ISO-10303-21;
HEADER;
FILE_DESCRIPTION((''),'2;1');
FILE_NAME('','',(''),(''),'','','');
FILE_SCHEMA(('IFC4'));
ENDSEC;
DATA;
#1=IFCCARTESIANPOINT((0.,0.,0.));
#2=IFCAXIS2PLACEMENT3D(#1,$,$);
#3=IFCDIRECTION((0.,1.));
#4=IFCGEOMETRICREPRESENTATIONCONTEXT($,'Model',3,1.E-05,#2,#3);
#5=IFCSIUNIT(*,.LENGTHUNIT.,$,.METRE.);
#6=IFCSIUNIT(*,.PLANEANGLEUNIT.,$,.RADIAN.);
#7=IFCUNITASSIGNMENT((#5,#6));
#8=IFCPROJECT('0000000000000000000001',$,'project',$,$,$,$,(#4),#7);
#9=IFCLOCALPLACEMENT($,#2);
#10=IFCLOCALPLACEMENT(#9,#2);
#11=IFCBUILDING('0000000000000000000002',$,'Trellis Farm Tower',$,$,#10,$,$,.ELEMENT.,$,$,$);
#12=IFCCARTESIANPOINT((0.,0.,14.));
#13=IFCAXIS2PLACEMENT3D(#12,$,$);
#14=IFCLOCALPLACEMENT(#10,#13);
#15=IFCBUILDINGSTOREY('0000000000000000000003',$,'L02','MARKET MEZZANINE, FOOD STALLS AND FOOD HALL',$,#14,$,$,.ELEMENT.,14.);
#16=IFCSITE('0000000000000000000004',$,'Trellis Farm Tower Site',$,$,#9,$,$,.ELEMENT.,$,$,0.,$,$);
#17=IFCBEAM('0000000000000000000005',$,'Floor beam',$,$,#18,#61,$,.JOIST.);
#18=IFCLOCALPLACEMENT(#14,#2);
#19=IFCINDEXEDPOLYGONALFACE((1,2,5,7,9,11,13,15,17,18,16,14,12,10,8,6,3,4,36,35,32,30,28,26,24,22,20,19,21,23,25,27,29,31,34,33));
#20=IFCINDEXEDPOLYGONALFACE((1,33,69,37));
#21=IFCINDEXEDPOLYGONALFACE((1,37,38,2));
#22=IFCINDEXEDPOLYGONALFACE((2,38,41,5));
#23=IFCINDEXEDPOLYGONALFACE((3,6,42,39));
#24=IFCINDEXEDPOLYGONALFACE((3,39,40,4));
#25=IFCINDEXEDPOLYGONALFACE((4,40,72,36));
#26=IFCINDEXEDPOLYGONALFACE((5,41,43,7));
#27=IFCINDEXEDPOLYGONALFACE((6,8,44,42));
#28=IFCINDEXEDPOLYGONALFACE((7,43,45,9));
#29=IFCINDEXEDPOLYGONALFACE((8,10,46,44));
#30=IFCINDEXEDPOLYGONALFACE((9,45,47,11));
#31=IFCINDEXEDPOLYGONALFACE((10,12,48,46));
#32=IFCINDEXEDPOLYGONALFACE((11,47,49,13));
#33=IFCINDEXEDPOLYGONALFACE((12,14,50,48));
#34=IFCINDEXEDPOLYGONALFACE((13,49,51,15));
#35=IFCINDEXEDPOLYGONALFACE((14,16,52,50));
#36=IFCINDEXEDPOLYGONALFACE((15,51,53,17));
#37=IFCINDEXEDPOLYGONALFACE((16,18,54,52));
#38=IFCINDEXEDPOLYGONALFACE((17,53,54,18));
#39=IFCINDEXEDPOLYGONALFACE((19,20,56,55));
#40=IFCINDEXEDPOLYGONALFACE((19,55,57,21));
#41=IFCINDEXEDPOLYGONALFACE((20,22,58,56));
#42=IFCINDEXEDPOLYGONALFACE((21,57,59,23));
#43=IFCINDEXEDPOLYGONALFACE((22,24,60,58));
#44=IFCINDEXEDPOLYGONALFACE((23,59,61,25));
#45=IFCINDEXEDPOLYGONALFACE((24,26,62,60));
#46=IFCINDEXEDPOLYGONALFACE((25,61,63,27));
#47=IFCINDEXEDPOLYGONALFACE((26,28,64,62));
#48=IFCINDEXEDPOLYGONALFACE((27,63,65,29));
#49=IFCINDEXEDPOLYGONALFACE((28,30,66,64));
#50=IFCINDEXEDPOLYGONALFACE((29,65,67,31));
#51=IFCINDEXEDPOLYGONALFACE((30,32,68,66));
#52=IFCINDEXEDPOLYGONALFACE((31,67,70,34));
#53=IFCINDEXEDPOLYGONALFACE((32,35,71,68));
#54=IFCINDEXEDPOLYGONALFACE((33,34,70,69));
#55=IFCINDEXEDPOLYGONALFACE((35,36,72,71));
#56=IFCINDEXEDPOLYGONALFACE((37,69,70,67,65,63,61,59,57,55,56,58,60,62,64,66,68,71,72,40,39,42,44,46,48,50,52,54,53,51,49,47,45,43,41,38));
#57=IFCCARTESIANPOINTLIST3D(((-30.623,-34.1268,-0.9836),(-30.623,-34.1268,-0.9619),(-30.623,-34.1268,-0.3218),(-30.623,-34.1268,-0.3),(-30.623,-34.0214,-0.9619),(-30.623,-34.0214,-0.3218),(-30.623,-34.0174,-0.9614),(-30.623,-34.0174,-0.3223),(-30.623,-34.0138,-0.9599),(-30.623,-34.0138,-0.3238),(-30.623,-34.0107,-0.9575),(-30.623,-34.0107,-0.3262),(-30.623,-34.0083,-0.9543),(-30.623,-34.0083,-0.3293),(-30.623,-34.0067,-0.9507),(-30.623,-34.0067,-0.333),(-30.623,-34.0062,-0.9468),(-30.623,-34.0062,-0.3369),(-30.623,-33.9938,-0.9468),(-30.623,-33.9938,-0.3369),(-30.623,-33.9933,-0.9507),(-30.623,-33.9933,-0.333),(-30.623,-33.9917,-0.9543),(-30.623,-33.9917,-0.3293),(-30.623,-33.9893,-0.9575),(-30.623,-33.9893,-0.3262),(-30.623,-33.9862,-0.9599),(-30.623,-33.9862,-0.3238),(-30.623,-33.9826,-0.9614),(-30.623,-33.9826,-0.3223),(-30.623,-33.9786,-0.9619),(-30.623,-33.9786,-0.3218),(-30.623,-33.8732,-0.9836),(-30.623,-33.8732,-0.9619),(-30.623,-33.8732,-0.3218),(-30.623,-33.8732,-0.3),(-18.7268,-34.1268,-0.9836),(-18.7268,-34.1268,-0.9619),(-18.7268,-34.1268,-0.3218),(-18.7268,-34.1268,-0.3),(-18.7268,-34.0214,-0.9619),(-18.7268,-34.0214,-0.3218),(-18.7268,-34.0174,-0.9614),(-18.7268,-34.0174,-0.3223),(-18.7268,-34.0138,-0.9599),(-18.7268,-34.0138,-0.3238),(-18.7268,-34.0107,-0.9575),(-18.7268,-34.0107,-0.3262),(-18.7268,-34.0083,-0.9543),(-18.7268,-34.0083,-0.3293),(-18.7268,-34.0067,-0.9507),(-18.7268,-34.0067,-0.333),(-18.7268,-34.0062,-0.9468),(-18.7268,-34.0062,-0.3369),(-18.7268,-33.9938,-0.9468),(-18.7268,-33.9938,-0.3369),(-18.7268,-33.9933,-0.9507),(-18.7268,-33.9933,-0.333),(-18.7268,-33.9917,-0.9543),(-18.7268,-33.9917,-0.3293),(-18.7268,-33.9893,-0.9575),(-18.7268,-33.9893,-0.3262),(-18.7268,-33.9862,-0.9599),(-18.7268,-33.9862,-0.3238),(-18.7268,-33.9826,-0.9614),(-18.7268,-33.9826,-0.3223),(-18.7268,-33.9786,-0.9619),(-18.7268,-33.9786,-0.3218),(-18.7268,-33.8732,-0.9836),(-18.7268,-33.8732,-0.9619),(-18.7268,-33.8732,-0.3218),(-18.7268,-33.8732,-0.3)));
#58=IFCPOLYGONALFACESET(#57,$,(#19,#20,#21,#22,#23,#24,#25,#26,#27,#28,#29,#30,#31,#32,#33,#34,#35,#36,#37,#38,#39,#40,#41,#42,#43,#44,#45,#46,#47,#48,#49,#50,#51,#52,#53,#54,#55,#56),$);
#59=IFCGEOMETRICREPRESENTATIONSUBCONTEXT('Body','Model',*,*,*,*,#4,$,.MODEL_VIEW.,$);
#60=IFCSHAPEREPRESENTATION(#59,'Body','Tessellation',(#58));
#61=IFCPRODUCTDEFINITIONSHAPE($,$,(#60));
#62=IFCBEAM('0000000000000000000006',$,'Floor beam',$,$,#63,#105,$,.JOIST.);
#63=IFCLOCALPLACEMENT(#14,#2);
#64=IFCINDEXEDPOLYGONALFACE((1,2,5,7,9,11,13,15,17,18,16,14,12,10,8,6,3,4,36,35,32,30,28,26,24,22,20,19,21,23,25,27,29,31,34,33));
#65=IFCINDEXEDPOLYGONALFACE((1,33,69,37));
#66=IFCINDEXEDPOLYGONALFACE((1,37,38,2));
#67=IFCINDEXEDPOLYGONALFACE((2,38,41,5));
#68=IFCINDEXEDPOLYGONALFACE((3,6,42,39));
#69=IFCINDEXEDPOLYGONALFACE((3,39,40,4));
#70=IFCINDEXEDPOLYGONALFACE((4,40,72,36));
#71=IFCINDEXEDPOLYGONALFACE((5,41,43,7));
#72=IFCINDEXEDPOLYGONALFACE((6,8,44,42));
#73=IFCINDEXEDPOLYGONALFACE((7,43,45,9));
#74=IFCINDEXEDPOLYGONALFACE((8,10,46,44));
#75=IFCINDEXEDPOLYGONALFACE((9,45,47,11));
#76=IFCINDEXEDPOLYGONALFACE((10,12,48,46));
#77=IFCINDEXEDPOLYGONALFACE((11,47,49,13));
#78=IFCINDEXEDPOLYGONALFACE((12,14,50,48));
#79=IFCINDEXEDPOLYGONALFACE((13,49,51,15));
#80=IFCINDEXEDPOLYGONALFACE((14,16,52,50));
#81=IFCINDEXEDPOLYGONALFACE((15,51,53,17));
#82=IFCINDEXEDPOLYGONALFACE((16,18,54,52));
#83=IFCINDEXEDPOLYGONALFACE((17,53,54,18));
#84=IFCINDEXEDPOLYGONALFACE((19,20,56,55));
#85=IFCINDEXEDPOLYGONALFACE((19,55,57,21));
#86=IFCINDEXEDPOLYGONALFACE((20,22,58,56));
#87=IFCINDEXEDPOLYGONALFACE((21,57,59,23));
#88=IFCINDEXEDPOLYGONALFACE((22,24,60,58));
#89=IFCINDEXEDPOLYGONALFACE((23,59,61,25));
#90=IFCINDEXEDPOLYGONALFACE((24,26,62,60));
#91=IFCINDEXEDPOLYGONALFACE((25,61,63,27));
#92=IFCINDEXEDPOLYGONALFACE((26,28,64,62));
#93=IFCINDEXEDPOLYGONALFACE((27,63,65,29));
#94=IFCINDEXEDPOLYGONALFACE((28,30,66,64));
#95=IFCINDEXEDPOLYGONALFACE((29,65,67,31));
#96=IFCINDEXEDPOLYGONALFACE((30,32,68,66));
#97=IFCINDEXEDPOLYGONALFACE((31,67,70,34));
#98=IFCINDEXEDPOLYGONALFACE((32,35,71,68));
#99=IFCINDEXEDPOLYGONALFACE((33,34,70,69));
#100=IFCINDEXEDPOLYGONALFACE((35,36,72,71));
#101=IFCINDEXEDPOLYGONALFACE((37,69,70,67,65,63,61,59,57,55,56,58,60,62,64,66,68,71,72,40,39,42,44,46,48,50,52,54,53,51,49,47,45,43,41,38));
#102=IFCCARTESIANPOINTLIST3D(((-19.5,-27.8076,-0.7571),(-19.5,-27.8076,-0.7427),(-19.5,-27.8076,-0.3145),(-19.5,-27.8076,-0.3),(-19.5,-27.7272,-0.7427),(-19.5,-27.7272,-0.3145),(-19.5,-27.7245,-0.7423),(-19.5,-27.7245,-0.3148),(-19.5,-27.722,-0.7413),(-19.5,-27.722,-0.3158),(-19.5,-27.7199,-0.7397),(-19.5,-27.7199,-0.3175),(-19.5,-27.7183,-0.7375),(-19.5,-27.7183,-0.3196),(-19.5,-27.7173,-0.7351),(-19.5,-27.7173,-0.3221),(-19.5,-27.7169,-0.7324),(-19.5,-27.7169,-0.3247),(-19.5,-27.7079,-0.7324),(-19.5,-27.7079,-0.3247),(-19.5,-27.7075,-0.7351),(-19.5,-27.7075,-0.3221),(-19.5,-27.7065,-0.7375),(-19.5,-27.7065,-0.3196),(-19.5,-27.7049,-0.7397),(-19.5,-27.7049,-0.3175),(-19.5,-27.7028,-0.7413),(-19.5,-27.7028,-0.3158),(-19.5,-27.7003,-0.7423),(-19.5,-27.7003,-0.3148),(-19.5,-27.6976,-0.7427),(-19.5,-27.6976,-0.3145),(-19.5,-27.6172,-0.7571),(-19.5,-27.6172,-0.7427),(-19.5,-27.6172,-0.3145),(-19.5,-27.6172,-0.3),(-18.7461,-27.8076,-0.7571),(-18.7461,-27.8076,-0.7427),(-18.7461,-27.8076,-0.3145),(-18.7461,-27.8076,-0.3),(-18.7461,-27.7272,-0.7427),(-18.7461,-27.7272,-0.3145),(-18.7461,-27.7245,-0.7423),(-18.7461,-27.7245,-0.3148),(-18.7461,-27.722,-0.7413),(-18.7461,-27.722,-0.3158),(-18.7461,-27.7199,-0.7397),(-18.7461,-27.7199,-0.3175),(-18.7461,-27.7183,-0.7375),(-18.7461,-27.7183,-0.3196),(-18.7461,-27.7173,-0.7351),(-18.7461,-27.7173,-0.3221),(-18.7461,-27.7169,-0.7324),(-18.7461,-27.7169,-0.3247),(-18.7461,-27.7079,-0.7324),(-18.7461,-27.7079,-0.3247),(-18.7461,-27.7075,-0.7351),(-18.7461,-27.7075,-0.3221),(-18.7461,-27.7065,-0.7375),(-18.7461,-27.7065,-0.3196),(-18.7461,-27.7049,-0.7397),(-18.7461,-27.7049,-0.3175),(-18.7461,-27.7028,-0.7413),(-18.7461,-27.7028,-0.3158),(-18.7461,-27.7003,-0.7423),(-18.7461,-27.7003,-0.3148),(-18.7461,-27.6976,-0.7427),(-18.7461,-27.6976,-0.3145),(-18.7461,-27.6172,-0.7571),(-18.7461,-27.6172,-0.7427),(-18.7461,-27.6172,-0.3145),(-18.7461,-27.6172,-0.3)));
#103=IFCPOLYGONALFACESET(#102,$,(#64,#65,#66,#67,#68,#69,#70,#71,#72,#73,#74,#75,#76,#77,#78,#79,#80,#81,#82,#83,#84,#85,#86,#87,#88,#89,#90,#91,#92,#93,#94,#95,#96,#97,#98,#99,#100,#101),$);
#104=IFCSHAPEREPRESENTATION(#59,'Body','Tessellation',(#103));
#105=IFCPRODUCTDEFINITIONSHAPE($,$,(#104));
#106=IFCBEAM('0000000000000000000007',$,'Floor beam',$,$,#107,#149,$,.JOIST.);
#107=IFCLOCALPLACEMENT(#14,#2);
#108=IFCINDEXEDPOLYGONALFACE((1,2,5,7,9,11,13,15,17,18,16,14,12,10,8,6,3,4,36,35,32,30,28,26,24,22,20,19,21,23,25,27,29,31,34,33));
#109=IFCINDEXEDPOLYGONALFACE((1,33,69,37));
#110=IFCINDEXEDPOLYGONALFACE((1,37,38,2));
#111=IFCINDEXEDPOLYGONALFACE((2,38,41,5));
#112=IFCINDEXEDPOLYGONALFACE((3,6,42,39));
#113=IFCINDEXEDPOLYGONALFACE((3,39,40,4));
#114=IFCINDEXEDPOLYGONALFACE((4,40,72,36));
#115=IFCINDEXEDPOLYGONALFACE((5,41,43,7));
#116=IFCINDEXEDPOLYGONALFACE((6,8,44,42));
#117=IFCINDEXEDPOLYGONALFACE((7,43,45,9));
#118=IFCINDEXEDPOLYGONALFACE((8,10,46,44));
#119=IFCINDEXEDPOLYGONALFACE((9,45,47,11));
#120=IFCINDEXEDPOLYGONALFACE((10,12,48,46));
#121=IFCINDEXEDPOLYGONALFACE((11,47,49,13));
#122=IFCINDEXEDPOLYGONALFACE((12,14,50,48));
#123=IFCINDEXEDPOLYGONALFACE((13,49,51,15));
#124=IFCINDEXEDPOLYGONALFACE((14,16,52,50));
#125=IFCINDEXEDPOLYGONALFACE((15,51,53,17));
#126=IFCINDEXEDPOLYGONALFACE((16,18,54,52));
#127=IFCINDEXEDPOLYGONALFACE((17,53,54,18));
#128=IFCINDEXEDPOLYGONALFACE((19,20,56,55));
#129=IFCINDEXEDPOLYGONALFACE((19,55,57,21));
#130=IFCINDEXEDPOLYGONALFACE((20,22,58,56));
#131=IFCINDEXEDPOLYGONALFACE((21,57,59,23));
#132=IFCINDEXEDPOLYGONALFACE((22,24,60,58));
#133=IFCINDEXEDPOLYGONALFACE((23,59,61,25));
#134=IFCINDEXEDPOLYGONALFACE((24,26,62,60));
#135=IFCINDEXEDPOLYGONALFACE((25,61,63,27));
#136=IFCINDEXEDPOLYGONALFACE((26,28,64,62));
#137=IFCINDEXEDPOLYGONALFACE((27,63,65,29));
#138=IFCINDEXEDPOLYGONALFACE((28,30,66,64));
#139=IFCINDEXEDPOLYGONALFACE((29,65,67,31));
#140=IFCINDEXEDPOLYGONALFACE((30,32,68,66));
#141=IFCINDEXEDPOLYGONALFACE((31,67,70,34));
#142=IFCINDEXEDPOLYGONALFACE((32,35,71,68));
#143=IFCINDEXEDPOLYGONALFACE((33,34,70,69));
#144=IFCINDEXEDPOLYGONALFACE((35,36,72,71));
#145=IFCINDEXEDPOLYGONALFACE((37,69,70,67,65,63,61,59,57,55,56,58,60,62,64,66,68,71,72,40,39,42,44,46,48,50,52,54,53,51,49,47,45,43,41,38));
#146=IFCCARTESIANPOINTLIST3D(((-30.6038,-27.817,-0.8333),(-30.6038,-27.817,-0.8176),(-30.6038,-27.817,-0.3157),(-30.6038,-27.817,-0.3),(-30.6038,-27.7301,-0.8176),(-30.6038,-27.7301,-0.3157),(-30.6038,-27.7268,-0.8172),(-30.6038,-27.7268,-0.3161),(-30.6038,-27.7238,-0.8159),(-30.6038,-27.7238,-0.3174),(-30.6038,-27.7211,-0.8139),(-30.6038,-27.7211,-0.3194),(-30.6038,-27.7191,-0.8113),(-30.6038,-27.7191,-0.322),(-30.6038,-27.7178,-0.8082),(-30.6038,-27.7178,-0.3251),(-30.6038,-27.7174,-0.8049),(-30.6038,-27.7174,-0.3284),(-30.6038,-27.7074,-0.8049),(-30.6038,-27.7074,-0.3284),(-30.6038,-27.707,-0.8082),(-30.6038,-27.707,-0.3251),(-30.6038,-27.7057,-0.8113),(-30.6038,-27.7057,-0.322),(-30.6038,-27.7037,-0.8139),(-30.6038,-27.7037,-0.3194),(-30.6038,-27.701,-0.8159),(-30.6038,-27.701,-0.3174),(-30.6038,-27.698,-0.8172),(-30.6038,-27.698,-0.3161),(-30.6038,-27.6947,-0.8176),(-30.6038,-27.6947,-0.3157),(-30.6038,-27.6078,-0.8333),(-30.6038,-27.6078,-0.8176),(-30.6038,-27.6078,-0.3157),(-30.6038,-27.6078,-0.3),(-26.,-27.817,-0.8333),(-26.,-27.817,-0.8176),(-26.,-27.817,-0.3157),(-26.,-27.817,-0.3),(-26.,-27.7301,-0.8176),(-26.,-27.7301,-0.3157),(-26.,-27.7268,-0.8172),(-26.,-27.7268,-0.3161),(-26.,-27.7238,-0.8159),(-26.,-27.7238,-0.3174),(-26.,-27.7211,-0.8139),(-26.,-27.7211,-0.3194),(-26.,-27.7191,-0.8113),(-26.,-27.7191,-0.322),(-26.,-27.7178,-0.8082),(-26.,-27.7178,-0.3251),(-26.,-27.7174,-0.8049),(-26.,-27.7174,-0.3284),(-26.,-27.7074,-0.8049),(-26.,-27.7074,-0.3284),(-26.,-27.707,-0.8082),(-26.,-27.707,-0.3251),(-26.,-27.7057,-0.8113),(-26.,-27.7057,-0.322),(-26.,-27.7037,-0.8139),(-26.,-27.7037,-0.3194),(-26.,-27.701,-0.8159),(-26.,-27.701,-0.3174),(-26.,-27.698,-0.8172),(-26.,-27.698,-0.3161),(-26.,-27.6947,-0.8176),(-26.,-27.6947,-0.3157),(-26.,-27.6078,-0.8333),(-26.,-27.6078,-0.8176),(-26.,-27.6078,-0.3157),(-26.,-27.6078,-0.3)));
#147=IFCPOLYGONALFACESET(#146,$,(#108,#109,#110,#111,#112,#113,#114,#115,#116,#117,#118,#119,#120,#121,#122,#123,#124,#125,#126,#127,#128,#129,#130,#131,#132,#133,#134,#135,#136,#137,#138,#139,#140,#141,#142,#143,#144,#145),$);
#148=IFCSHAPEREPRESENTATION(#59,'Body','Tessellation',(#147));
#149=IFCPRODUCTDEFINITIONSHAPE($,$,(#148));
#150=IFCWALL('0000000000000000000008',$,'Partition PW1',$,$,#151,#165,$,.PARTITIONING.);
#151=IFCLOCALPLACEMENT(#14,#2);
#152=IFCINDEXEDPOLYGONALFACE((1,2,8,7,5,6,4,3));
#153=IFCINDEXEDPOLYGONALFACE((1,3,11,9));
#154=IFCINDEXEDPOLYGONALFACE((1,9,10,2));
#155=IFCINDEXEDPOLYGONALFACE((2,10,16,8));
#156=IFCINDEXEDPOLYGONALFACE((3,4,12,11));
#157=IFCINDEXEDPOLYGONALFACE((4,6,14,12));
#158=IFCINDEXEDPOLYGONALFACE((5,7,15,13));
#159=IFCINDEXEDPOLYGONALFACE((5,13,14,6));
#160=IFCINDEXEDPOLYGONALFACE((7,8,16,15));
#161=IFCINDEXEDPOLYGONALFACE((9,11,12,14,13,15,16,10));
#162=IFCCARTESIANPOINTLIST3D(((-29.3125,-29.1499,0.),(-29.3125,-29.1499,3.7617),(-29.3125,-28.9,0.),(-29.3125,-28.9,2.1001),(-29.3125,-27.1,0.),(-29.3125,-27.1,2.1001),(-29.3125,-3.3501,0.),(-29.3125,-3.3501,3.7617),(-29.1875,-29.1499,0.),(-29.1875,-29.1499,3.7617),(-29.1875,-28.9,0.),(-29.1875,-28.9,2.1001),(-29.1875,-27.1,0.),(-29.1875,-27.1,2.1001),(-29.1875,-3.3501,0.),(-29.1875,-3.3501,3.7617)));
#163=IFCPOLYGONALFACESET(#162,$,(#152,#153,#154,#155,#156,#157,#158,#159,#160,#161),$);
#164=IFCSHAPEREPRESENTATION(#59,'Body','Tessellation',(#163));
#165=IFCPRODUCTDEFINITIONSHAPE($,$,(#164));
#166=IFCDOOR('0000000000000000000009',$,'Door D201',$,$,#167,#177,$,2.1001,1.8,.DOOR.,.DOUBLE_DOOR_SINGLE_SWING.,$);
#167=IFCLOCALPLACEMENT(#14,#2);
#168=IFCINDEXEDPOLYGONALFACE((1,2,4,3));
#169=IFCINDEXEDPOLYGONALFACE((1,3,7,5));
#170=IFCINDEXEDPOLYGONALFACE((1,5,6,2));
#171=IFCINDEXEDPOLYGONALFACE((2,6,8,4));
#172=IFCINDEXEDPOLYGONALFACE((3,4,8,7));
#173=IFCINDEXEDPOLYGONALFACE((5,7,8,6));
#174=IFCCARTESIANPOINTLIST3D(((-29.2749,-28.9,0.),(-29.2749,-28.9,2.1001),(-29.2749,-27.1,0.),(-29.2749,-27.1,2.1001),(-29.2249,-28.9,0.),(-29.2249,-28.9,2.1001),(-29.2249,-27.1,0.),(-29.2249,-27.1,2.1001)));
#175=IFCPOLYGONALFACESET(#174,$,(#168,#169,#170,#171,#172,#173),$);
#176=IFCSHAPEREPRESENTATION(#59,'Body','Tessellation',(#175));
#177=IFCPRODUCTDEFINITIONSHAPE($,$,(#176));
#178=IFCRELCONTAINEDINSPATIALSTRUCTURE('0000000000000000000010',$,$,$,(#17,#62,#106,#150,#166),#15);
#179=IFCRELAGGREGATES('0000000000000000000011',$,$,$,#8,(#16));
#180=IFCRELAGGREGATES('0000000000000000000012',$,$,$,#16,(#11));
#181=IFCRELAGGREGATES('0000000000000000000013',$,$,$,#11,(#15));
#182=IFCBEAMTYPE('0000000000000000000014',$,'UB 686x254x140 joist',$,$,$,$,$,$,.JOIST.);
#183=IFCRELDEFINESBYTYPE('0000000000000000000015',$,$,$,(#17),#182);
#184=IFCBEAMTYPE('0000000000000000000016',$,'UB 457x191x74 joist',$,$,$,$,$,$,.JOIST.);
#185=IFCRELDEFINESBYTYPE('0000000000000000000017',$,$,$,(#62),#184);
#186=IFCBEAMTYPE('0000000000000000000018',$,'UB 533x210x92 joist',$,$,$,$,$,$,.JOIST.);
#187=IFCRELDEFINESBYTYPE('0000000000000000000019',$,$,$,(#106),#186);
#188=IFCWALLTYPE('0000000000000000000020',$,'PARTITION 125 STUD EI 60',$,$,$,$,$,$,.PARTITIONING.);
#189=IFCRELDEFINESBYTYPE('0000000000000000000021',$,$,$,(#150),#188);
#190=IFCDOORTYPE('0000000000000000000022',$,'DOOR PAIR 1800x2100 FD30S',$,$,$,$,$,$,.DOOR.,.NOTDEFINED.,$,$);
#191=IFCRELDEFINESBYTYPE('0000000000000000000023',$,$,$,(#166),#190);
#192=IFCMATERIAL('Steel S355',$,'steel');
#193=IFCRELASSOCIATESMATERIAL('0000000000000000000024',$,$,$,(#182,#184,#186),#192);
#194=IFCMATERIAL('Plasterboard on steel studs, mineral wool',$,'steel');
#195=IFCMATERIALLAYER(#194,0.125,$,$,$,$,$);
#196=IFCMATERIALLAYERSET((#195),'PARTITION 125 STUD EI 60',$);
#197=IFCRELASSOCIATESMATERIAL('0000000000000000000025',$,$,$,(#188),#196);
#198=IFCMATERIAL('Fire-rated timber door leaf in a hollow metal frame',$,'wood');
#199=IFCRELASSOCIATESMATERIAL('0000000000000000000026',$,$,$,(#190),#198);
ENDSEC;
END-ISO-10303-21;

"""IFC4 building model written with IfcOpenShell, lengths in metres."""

from ifc_helpers import new_model, si_unit, direction, frame, frame_2d, origin, origin_2d, place, context, subcontext, project, spatial, rectangle, i_section, extrude, source, transform, mapped, material, layer, layer_set, material_profile, profile_set, type_object, element, fill, save


model = new_model("IFC4")

# Units and contexts
model_context = context("Model", 3, precision=1e-05, world=origin(), true_north=direction((0.0, 1.0)))
body_context = subcontext(model_context, "Body", "Model", "MODEL_VIEW")
ifc_project = project(units=[si_unit("LENGTHUNIT", "METRE"), si_unit("PLANEANGLEUNIT", "RADIAN")], contexts=[model_context])

# Site, building, storey
site_placement = place(None, origin())
site = spatial("IfcSite", under=ifc_project, at=site_placement, Name="Trellis Farm Tower Site", CompositionType="ELEMENT", RefElevation=0.0)
building_placement = place(site_placement, origin())
building = spatial("IfcBuilding", under=site, at=building_placement, Name="Trellis Farm Tower", CompositionType="ELEMENT")
storey_placement = place(building_placement, frame((0.0, 0.0, 14.0)))
storey = spatial("IfcBuildingStorey", under=building, at=storey_placement, Name="L02", Description="MARKET MEZZANINE, FOOD STALLS AND FOOD HALL", CompositionType="ELEMENT", Elevation=14.0)

# Beams
ifc_material_1 = material(Name="Steel S355", Category="steel")
ifc_material_profile_1 = material_profile(ifc_material_1, i_section(OverallWidth=0.2537, OverallDepth=0.6836, WebThickness=0.0125, FlangeThickness=0.0217, FilletRadius=0.0151, at=origin_2d()), Name="UB 686x254x140")
ifc_profile_set_1 = profile_set([ifc_material_profile_1], Name="Steel S355")
beam_type_1 = type_object("IfcBeamType", Name="UB 686x254x140 joist", PredefinedType="JOIST", material=ifc_profile_set_1)
shared_shape_1 = source(origin(), body_context, "Body", "SweptSolid", [
    extrude(i_section(OverallWidth=0.2537, OverallDepth=0.6836, WebThickness=0.0125, FlangeThickness=0.0217, FilletRadius=0.0151, at=origin_2d()), origin(), (0.0, 0.0, 1.0), 11.8962),
])
for number, where, z_axis, x_axis, name in (
    (1, (-30.623, -34.0, -0.6418), (1.0, 0.0, 0.0), (0.0, 1.0, 0.0), "Floor beam"),
):
    element("IfcBeam", number, at=place(storey_placement, frame(where, z_axis=z_axis, x_axis=x_axis)), inside=storey, type_object=beam_type_1, Name=name, PredefinedType="JOIST", context=body_context, shape_type="MappedRepresentation", body=[
        mapped(shared_shape_1, transform((0.0, 0.0, 0.0))),
    ])
ifc_material_profile_2 = material_profile(ifc_material_1, i_section(OverallWidth=0.1904, OverallDepth=0.457, WebThickness=0.009, FlangeThickness=0.0144, FilletRadius=0.0103, at=origin_2d()), Name="UB 457x191x74")
ifc_profile_set_2 = profile_set([ifc_material_profile_2], Name="Steel S355")
beam_type_2 = type_object("IfcBeamType", Name="UB 457x191x74 joist", PredefinedType="JOIST", material=ifc_profile_set_2)
shared_shape_2 = source(origin(), body_context, "Body", "SweptSolid", [
    extrude(i_section(OverallWidth=0.1904, OverallDepth=0.457, WebThickness=0.009, FlangeThickness=0.0144, FilletRadius=0.0103, at=origin_2d()), origin(), (0.0, 0.0, 1.0), 0.7539),
])
beam_1_placement = place(storey_placement, frame((-19.5, -27.7124, -0.5286), z_axis=(1.0, 0.0, 0.0), x_axis=(0.0, 1.0, 0.0)))
element("IfcBeam", 2, at=beam_1_placement, inside=storey, type_object=beam_type_2, Name="Floor beam", PredefinedType="JOIST", context=body_context, shape_type="MappedRepresentation", body=[
    mapped(shared_shape_2, transform((0.0, 0.0, 0.0))),
])
ifc_material_profile_3 = material_profile(ifc_material_1, i_section(OverallWidth=0.2092, OverallDepth=0.5332, WebThickness=0.01, FlangeThickness=0.0156, FilletRadius=0.0127, at=origin_2d()), Name="UB 533x210x92")
ifc_profile_set_3 = profile_set([ifc_material_profile_3], Name="Steel S355")
beam_type_3 = type_object("IfcBeamType", Name="UB 533x210x92 joist", PredefinedType="JOIST", material=ifc_profile_set_3)
shared_shape_3 = source(origin(), body_context, "Body", "SweptSolid", [
    extrude(i_section(OverallWidth=0.2092, OverallDepth=0.5332, WebThickness=0.01, FlangeThickness=0.0156, FilletRadius=0.0127, at=origin_2d()), origin(), (0.0, 0.0, 1.0), 4.6038),
])
beam_2_placement = place(storey_placement, frame((-30.6038, -27.7124, -0.5667), z_axis=(1.0, 0.0, 0.0), x_axis=(0.0, 1.0, 0.0)))
element("IfcBeam", 3, at=beam_2_placement, inside=storey, type_object=beam_type_3, Name="Floor beam", PredefinedType="JOIST", context=body_context, shape_type="MappedRepresentation", body=[
    mapped(shared_shape_3, transform((0.0, 0.0, 0.0))),
])

# Wall, opening, door
ifc_material_2 = material(Name="Plasterboard on steel studs, mineral wool", Category="steel")
ifc_layer_1 = layer(ifc_material_2, 0.125)
ifc_layer_set_1 = layer_set([ifc_layer_1], Name="PARTITION 125 STUD EI 60")
wall_type_1 = type_object("IfcWallType", Name="PARTITION 125 STUD EI 60", PredefinedType="PARTITIONING", material=ifc_layer_set_1)
wall_1_placement = place(storey_placement, frame((-29.25, -29.1499, 0.0), z_axis=(0.0, 0.0, 1.0), x_axis=(0.0, 1.0, 0.0)))
wall_1 = element("IfcWall", 4, at=wall_1_placement, inside=storey, type_object=wall_type_1, Name="Partition PW1", PredefinedType="PARTITIONING", context=body_context, shape_type="SweptSolid", body=[
    extrude(rectangle(XDim=25.7998, YDim=0.125, at=frame_2d((12.8999, 0.0))), origin(), (0.0, 0.0, 1.0), 3.7617),
])
shared_shape_4 = source(origin(), body_context, "Body", "SweptSolid", [
    extrude(rectangle(XDim=1.8, YDim=2.1001, at=frame_2d((0.8999, 1.05))), frame((0.0, 0.0725, 0.0), z_axis=(0.0, -1.0, 0.0), x_axis=(1.0, 0.0, 0.0)), (0.0, 0.0, 1.0), 0.145),
])
opening_1_placement = place(wall_1_placement, frame((0.25, 0.0, 0.0)))
opening_1 = element("IfcOpeningElement", 5, at=opening_1_placement, cuts=wall_1, PredefinedType="OPENING", context=body_context, shape_type="MappedRepresentation", body=[
    mapped(shared_shape_4, transform((0.0, 0.0, 0.0))),
])
ifc_material_3 = material(Name="Fire-rated timber door leaf in a hollow metal frame", Category="wood")
door_type_1 = type_object("IfcDoorType", Name="DOOR PAIR 1800x2100 FD30S", OperationType="NOTDEFINED", PredefinedType="DOOR", material=ifc_material_3)
shared_shape_5 = source(origin(), body_context, "Body", "SweptSolid", [
    extrude(rectangle(XDim=1.8, YDim=2.1001, at=frame_2d((0.8999, 1.05))), frame((0.0, 0.0249, 0.0), z_axis=(0.0, -1.0, 0.0), x_axis=(1.0, 0.0, 0.0)), (0.0, 0.0, 1.0), 0.05),
])
door_1_placement = place(opening_1_placement, origin())
door_1 = element("IfcDoor", 6, at=door_1_placement, inside=storey, type_object=door_type_1, Name="Door D201", OperationType="DOUBLE_DOOR_SINGLE_SWING", OverallHeight=2.1001, OverallWidth=1.8, PredefinedType="DOOR", context=body_context, shape_type="MappedRepresentation", body=[
    mapped(shared_shape_5, transform((0.0, 0.0, 0.0))),
])
fill(opening_1, door_1)

save(model, "model.ifc")
